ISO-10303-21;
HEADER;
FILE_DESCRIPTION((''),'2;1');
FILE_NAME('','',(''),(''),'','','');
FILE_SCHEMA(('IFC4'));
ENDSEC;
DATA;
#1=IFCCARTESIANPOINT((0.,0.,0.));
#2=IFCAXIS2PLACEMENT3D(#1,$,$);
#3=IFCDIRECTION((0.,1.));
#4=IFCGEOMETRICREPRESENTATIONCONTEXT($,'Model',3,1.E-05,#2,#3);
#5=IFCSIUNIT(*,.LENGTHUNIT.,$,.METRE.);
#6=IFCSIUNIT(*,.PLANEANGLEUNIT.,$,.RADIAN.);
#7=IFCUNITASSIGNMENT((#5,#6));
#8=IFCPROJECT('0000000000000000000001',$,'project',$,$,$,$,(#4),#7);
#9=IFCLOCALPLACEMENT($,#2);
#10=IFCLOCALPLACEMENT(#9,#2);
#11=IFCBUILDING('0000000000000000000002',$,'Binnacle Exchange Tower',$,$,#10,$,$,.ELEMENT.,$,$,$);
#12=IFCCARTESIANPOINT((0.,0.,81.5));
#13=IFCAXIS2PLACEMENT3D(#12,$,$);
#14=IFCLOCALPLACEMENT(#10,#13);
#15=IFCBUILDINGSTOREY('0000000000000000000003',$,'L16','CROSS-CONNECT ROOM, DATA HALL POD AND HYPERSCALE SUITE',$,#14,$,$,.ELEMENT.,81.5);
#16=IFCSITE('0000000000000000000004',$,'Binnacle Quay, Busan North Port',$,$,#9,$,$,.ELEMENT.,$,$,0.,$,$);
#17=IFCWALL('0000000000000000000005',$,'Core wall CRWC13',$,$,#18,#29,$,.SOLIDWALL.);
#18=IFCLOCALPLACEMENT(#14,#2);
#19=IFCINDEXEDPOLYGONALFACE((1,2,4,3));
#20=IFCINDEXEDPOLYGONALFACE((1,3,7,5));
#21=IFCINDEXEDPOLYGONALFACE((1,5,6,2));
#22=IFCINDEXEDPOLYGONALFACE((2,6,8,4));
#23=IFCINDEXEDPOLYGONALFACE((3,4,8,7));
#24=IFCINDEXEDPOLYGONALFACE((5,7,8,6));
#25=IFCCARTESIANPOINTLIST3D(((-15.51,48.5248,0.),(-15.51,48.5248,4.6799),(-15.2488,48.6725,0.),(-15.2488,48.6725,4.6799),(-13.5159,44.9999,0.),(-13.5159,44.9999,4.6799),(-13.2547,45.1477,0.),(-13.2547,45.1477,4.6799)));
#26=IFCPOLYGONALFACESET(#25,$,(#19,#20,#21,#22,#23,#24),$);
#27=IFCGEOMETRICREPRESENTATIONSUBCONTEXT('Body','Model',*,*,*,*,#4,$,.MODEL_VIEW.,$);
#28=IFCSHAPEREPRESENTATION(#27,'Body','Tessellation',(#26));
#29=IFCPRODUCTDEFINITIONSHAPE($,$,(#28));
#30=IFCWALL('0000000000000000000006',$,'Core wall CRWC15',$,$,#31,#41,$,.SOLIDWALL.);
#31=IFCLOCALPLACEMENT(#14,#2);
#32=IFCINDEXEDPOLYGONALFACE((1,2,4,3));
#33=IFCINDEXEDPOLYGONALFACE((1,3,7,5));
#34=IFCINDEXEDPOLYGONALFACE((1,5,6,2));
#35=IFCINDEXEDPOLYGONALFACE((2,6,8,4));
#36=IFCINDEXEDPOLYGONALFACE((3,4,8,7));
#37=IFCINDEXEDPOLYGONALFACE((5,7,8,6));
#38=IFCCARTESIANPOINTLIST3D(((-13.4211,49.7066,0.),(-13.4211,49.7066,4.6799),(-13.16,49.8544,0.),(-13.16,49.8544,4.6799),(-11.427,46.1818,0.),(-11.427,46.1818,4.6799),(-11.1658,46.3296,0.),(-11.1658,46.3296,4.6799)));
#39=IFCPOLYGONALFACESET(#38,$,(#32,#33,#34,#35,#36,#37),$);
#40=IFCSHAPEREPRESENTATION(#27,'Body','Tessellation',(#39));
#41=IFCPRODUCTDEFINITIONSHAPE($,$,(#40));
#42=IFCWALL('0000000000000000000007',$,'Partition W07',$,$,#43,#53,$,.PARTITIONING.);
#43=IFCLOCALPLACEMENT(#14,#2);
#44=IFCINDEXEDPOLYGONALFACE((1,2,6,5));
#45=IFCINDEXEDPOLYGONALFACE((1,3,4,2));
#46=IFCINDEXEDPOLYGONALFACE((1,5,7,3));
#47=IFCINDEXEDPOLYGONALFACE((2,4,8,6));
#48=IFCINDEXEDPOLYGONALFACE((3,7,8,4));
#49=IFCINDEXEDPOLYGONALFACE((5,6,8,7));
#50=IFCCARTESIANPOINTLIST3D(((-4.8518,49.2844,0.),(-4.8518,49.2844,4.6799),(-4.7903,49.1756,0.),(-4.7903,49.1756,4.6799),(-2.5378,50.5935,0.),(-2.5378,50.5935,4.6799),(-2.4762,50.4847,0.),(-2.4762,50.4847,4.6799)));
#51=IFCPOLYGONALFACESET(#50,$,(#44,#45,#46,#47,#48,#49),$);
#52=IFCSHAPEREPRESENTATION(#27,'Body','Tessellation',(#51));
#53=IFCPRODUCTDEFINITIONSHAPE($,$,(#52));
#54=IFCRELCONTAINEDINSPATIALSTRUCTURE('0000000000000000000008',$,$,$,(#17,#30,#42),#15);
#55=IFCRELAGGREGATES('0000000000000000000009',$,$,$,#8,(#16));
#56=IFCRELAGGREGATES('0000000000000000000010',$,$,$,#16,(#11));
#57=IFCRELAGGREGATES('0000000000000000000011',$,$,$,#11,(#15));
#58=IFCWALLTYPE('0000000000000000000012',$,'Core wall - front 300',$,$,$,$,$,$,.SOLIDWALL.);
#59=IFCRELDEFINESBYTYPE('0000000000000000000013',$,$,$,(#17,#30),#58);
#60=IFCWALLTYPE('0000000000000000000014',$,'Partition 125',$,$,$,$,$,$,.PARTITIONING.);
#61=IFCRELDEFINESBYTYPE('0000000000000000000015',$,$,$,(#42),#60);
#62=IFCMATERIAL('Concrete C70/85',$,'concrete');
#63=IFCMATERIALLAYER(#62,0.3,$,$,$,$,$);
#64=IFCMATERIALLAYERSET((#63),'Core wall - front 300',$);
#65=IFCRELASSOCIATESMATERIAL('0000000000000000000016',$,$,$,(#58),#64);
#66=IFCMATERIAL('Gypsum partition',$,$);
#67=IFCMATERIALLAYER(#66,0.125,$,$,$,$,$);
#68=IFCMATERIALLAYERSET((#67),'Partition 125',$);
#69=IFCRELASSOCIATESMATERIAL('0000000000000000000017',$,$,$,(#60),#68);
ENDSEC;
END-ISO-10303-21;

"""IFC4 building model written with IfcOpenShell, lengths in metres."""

from ifc_helpers import new_model, si_unit, direction, frame, frame_2d, origin, place, context, subcontext, project, spatial, rectangle, extrude, material, layer, layer_set, type_object, element, save


model = new_model("IFC4")

# Units and contexts
model_context = context("Model", 3, precision=1e-05, world=origin(), true_north=direction((0.0, 1.0)))
body_context = subcontext(model_context, "Body", "Model", "MODEL_VIEW")
ifc_project = project(units=[si_unit("LENGTHUNIT", "METRE"), si_unit("PLANEANGLEUNIT", "RADIAN")], contexts=[model_context])

# Site, building, storey
site_placement = place(None, origin())
site = spatial("IfcSite", under=ifc_project, at=site_placement, Name="Binnacle Quay, Busan North Port", CompositionType="ELEMENT", RefElevation=0.0)
building_placement = place(site_placement, origin())
building = spatial("IfcBuilding", under=site, at=building_placement, Name="Binnacle Exchange Tower", CompositionType="ELEMENT")
storey_placement = place(building_placement, frame((0.0, 0.0, 81.5)))
storey = spatial("IfcBuildingStorey", under=building, at=storey_placement, Name="L16", Description="CROSS-CONNECT ROOM, DATA HALL POD AND HYPERSCALE SUITE", CompositionType="ELEMENT", Elevation=81.5)

# Shared definitions
ifc_material_1 = material(Name="Concrete C70/85", Category="concrete")
ifc_layer_1 = layer(ifc_material_1, 0.3)
ifc_layer_set_1 = layer_set([ifc_layer_1], Name="Core wall - front 300")
wall_type_1 = type_object("IfcWallType", Name="Core wall - front 300", PredefinedType="SOLIDWALL", material=ifc_layer_set_1)

# Walls
for number, where, z_axis, x_axis, name in (
    (1, (-15.3794, 48.5986, 0.0), (0.0, 0.0, 1.0), (0.492395, -0.870372, 0.0), "Core wall CRWC13"),
    (2, (-13.2905, 49.7805, 0.0), (0.0, 0.0, 1.0), (0.492395, -0.870372, 0.0), "Core wall CRWC15"),
):
    element("IfcWall", number, at=place(storey_placement, frame(where, z_axis=z_axis, x_axis=x_axis)), inside=storey, type_object=wall_type_1, Name=name, PredefinedType="SOLIDWALL", context=body_context, shape_type="SweptSolid", body=[
        extrude(rectangle(XDim=4.0498, YDim=0.3, at=frame_2d((2.0249, 0.0))), origin(), (0.0, 0.0, 1.0), 4.6799),
    ])
ifc_material_2 = material(Name="Gypsum partition")
ifc_layer_2 = layer(ifc_material_2, 0.125)
ifc_layer_set_2 = layer_set([ifc_layer_2], Name="Partition 125")
wall_type_2 = type_object("IfcWallType", Name="Partition 125", PredefinedType="PARTITIONING", material=ifc_layer_set_2)
wall_1_placement = place(storey_placement, frame((-4.821, 49.23, 0.0), z_axis=(0.0, 0.0, 1.0), x_axis=(0.870371, 0.492396, 0.0)))
element("IfcWall", 3, at=wall_1_placement, inside=storey, type_object=wall_type_2, Name="Partition W07", PredefinedType="PARTITIONING", context=body_context, shape_type="SweptSolid", body=[
    extrude(rectangle(XDim=2.6587, YDim=0.125, at=frame_2d((1.3293, 0.0))), origin(), (0.0, 0.0, 1.0), 4.6799),
])

save(model, "model.ifc")
